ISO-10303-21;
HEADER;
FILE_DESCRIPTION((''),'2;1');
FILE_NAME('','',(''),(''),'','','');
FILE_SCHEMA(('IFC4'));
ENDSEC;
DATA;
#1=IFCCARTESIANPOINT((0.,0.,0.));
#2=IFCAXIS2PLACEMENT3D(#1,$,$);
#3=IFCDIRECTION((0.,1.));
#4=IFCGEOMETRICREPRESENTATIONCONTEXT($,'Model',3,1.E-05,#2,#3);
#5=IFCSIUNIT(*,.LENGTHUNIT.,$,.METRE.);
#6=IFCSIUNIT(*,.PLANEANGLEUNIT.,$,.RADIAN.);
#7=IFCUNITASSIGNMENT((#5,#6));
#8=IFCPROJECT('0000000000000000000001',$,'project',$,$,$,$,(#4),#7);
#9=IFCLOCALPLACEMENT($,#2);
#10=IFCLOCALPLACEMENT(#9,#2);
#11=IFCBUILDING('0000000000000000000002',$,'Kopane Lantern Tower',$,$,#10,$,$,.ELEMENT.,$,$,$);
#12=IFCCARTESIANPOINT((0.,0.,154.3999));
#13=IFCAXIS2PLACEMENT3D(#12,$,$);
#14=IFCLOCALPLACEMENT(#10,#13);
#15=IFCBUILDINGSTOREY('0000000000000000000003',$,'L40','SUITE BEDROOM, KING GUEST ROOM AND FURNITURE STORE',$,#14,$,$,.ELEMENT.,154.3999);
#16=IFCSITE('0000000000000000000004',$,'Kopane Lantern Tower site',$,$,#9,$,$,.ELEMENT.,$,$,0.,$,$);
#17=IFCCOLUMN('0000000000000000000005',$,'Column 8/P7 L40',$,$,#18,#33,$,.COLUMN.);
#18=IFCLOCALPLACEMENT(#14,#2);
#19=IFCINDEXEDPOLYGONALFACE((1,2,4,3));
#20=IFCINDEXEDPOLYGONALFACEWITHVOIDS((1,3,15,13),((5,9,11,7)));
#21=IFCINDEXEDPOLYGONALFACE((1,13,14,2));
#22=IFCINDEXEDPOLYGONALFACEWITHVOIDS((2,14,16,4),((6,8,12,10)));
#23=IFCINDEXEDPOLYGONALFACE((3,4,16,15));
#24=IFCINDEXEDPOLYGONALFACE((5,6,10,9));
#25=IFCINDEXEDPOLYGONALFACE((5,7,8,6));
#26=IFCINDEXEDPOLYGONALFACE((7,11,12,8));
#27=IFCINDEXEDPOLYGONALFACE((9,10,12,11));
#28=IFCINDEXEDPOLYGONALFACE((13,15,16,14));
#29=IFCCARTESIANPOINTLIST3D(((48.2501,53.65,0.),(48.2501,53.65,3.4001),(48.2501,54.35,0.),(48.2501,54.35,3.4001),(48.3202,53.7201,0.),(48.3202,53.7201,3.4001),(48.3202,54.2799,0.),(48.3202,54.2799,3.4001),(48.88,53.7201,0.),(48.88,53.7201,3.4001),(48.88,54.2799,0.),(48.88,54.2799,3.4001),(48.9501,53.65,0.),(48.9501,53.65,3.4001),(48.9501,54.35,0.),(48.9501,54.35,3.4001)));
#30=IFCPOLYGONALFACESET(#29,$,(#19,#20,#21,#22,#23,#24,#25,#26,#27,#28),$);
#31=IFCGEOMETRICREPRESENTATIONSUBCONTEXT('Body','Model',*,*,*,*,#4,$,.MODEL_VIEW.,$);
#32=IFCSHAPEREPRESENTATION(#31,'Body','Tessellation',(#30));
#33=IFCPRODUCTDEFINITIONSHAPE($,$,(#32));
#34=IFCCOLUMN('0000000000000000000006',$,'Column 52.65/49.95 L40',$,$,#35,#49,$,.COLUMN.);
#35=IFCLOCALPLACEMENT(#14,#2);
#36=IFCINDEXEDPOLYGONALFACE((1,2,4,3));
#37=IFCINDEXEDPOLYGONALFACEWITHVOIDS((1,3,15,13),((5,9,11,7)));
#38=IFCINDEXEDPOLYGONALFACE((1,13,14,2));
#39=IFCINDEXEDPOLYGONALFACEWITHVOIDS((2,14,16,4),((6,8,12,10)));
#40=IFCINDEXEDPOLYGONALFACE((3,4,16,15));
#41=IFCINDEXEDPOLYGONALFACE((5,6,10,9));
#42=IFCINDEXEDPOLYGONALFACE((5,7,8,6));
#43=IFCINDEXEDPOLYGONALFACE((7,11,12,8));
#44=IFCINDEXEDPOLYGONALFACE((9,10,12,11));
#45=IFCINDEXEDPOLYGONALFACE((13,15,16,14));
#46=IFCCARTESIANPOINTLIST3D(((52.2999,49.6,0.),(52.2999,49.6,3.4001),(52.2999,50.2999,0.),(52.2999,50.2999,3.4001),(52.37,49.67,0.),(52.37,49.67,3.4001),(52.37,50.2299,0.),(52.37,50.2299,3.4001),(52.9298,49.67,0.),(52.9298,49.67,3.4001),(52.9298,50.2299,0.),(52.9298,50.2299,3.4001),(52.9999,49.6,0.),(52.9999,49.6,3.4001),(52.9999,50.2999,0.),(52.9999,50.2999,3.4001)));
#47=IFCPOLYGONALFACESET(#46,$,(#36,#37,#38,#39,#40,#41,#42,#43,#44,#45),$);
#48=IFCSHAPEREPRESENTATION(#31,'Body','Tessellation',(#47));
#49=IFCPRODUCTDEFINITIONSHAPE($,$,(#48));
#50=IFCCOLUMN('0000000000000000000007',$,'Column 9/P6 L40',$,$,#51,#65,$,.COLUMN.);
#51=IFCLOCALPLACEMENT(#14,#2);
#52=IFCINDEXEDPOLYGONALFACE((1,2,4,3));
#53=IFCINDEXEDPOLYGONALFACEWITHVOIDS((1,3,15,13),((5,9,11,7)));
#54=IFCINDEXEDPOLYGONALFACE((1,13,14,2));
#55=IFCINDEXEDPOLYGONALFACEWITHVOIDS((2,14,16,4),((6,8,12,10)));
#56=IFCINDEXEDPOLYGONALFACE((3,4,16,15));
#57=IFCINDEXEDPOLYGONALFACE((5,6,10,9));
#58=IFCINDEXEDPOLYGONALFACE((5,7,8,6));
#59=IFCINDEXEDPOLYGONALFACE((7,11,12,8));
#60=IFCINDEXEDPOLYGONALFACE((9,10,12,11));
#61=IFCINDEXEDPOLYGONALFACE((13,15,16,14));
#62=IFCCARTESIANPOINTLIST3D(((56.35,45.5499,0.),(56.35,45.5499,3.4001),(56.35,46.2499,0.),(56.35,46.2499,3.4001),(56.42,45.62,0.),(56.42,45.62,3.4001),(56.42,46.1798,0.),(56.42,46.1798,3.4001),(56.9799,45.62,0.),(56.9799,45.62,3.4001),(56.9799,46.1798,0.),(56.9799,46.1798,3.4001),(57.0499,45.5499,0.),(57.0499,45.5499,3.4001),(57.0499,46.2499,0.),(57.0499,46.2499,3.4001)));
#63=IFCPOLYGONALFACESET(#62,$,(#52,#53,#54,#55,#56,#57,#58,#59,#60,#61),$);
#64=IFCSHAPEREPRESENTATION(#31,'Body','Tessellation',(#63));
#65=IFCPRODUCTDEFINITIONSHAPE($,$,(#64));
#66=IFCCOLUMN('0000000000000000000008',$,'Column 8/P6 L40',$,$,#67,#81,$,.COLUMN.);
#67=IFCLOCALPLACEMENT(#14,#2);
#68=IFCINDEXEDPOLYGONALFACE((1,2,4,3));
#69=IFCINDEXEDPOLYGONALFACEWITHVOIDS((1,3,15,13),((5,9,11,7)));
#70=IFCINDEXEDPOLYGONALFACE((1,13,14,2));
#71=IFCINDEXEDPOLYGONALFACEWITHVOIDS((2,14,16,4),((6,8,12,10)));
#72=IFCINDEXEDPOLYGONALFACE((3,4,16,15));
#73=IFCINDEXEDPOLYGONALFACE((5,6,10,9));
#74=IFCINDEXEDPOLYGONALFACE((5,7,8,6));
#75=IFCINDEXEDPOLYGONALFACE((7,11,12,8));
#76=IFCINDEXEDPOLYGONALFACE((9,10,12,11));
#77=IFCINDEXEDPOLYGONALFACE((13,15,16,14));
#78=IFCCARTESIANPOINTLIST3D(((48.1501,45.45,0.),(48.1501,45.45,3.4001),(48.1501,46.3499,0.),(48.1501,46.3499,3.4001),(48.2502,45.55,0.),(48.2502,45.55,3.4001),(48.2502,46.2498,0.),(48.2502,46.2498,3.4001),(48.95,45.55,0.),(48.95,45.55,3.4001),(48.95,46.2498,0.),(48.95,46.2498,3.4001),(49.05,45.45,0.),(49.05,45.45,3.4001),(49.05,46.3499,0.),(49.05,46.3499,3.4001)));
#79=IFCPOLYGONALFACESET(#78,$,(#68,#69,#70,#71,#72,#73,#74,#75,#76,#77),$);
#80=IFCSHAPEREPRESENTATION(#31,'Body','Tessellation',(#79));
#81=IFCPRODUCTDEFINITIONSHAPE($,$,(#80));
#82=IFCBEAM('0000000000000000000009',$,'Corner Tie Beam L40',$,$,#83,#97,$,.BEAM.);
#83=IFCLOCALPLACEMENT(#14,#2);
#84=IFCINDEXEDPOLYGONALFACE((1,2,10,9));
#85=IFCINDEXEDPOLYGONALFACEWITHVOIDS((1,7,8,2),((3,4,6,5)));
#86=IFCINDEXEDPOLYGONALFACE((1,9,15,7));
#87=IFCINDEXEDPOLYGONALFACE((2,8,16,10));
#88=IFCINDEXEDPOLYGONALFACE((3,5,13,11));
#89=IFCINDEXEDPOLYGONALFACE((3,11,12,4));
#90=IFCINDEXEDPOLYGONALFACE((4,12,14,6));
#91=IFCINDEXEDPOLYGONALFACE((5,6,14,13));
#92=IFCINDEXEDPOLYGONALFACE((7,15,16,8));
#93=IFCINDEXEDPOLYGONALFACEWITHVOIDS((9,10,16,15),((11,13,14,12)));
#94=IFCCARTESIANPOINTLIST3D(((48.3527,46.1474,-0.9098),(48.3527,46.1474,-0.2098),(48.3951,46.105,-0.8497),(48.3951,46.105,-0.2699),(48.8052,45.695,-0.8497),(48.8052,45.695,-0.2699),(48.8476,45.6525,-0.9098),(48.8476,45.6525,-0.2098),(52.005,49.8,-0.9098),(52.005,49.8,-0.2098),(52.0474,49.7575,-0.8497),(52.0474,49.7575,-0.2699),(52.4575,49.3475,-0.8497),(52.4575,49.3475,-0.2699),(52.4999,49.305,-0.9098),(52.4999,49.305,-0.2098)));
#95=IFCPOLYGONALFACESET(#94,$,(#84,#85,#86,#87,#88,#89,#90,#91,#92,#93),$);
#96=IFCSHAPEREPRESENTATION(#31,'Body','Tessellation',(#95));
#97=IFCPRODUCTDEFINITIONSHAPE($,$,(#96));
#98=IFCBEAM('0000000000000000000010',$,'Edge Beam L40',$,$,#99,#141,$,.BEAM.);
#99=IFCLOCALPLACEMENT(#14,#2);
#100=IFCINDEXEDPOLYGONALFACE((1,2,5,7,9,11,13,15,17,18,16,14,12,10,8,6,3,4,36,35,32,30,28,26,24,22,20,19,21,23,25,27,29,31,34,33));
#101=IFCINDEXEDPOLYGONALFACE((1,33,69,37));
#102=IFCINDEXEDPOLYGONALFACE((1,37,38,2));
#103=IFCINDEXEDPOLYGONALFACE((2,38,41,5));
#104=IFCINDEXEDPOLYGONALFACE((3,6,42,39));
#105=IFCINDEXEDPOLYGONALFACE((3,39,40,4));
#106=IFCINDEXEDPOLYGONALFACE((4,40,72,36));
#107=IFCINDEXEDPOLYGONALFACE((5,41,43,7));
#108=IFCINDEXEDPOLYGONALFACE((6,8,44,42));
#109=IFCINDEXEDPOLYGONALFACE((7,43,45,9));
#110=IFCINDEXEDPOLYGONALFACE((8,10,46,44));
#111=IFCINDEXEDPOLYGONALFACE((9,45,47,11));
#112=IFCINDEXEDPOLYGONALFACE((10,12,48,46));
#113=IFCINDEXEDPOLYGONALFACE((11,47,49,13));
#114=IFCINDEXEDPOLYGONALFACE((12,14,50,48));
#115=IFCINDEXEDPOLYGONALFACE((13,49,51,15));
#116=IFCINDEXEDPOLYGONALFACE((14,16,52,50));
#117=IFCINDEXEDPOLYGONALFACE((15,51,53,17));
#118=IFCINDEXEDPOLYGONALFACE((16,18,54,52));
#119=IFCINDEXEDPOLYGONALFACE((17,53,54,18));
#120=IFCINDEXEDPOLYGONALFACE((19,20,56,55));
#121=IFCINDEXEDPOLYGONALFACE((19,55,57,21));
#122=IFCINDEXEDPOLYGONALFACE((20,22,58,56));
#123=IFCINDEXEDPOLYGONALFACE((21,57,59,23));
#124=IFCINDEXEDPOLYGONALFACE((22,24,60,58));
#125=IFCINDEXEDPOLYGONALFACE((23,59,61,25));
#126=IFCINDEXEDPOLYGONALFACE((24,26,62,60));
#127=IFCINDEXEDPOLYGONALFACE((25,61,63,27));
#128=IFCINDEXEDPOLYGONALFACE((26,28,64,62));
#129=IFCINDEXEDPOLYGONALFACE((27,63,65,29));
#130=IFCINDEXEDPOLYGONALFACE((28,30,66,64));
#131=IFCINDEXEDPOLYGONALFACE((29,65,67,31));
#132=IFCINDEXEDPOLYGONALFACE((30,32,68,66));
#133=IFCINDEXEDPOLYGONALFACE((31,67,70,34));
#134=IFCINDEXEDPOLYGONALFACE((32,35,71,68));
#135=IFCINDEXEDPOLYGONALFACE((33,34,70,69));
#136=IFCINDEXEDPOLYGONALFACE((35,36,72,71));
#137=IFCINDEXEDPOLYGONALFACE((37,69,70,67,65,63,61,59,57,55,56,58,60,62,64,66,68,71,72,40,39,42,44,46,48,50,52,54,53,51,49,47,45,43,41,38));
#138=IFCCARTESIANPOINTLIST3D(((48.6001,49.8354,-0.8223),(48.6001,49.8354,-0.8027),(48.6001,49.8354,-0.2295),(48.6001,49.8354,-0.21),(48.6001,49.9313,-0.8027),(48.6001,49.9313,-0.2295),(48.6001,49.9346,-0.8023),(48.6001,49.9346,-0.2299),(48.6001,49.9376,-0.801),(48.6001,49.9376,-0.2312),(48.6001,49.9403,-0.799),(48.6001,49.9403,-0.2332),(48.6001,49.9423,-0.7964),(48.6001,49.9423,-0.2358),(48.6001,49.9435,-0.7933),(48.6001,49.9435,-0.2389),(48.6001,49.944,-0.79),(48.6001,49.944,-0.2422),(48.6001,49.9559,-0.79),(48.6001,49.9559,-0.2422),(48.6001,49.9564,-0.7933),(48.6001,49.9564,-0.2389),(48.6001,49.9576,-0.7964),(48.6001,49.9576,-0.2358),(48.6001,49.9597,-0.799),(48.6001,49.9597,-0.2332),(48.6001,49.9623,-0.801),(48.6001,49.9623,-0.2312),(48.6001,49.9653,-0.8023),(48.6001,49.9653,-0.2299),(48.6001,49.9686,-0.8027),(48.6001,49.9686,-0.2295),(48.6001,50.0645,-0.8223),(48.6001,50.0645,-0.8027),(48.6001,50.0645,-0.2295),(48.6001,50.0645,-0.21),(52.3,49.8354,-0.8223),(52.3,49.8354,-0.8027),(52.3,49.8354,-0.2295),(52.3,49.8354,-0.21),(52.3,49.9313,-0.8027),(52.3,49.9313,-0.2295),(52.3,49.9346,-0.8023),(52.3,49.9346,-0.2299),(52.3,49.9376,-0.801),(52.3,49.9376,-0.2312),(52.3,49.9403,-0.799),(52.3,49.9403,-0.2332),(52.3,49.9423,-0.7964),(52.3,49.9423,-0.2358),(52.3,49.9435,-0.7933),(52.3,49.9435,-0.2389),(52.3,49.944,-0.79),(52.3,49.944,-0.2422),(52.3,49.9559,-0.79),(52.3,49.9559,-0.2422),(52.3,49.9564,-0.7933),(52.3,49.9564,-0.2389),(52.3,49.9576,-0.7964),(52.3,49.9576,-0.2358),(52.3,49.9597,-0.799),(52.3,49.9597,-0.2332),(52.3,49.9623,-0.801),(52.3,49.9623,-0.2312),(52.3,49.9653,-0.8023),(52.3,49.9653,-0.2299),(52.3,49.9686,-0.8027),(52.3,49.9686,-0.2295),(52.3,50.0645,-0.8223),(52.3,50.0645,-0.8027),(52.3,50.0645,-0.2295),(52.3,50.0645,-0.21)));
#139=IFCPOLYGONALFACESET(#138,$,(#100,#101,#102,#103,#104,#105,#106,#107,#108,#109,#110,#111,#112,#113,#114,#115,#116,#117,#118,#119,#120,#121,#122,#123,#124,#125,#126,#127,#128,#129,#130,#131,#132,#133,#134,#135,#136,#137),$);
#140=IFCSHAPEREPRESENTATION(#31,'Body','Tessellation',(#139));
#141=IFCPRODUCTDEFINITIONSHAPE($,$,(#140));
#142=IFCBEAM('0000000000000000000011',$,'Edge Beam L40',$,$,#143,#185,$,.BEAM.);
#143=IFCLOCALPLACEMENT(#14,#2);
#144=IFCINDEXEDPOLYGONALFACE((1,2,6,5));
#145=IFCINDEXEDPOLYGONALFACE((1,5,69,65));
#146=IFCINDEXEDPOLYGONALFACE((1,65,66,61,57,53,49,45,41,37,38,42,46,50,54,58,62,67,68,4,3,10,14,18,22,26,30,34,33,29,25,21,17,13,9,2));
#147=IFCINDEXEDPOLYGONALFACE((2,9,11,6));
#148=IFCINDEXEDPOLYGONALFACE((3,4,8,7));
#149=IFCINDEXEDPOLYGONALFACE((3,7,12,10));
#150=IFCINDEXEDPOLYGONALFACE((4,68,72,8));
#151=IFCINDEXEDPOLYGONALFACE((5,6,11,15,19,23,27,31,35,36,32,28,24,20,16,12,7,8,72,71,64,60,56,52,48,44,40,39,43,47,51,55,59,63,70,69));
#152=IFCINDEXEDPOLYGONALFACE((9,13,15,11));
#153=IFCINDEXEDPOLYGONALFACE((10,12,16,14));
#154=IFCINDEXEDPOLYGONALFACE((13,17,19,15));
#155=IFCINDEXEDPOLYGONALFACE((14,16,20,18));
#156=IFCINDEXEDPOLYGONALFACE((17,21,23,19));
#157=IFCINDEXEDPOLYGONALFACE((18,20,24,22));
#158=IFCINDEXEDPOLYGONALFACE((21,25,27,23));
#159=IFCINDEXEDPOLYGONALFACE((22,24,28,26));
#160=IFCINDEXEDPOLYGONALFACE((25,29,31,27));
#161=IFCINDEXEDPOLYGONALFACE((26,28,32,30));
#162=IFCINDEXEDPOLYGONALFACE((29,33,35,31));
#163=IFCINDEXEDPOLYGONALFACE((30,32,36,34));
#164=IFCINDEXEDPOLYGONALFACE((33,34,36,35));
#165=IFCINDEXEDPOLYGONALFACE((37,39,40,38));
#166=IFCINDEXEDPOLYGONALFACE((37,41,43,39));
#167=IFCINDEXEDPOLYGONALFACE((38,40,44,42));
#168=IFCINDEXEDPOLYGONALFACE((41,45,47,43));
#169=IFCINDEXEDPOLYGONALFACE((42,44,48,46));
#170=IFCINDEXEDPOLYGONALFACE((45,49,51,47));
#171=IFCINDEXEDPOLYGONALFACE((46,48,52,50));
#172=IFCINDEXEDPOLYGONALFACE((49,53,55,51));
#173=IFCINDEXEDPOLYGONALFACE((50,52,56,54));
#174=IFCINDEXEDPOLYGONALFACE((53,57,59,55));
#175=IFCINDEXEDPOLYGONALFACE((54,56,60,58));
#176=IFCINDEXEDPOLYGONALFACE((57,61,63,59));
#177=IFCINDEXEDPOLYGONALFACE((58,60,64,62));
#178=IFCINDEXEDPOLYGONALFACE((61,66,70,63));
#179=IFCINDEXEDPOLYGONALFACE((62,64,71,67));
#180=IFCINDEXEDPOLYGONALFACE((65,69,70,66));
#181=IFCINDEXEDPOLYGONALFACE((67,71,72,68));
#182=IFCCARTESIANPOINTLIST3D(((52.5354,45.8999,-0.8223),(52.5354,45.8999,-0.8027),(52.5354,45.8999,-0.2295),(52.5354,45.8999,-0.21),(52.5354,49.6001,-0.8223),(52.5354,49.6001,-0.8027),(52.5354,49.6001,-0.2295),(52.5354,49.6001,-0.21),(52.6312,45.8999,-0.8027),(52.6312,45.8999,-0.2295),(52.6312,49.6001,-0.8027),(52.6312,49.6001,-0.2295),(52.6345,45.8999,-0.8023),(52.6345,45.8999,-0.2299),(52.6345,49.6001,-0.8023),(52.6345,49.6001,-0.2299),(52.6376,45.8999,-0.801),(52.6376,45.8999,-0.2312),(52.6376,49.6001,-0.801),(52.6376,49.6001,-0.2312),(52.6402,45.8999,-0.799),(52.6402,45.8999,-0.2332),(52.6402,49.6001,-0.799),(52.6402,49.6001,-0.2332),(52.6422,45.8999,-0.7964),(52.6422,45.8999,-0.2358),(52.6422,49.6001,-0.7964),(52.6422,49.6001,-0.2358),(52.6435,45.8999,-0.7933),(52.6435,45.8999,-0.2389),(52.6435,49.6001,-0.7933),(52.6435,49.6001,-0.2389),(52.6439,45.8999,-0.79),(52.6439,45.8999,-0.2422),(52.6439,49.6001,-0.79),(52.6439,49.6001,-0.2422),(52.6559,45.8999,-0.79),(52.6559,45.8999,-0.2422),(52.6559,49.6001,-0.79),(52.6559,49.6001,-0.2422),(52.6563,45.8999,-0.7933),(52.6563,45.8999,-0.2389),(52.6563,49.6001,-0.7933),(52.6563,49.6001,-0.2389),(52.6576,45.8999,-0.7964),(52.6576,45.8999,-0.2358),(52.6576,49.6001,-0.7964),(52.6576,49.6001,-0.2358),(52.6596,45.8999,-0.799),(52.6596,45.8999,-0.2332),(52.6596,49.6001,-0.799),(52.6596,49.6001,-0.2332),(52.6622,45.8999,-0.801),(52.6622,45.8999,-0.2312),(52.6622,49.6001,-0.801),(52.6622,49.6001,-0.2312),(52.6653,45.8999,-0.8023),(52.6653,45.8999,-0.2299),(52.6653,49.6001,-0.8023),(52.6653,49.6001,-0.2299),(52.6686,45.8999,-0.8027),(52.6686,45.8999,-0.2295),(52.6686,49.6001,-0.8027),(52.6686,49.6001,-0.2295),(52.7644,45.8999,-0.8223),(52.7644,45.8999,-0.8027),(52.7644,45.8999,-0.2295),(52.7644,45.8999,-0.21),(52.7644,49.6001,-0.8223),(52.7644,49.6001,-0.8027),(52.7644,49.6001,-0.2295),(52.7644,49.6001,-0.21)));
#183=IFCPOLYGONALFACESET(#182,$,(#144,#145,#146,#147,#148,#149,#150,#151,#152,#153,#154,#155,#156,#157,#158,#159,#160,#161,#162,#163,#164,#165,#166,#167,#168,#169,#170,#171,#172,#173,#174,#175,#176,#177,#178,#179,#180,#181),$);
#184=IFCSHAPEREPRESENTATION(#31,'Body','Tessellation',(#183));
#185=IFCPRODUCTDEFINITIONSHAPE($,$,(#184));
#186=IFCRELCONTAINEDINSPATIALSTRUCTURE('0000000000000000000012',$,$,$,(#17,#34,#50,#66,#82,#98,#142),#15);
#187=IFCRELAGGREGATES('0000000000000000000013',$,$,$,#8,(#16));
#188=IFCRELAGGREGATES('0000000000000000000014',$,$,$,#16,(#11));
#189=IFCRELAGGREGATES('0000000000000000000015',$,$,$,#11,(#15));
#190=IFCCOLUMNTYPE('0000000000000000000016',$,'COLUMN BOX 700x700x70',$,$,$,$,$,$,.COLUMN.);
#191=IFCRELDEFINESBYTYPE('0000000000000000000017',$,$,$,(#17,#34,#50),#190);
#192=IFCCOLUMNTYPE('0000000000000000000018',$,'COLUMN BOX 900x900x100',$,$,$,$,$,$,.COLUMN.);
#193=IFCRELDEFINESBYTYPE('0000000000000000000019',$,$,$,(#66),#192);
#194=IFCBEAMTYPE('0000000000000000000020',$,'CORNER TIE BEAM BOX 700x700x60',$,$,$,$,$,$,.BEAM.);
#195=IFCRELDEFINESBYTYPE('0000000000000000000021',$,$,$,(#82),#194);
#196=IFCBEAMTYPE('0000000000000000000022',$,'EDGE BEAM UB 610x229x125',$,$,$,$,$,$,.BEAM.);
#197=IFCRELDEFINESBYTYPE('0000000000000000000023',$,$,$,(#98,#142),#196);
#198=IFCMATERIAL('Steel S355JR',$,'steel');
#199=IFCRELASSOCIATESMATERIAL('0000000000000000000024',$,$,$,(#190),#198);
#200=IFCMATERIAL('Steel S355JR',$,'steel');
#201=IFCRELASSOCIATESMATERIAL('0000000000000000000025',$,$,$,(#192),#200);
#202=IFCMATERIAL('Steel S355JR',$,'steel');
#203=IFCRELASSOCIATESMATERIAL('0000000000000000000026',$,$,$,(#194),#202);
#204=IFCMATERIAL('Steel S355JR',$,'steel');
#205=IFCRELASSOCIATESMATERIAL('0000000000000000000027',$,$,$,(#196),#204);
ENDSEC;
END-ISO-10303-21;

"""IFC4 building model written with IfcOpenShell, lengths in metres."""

from ifc_helpers import new_model, si_unit, direction, frame, origin, origin_2d, place, context, subcontext, project, spatial, hollow_rectangle, i_section, extrude, material, material_profile, profile_set, type_object, element, save


model = new_model("IFC4")

# Units and contexts
model_context = context("Model", 3, precision=1e-05, world=origin(), true_north=direction((0.0, 1.0)))
body_context = subcontext(model_context, "Body", "Model", "MODEL_VIEW")
ifc_project = project(units=[si_unit("LENGTHUNIT", "METRE"), si_unit("PLANEANGLEUNIT", "RADIAN")], contexts=[model_context])

# Site, building, storey
site_placement = place(None, origin())
site = spatial("IfcSite", under=ifc_project, at=site_placement, Name="Kopane Lantern Tower site", CompositionType="ELEMENT", RefElevation=0.0)
building_placement = place(site_placement, origin())
building = spatial("IfcBuilding", under=site, at=building_placement, Name="Kopane Lantern Tower", CompositionType="ELEMENT")
storey_placement = place(building_placement, frame((0.0, 0.0, 154.3999)))
storey = spatial("IfcBuildingStorey", under=building, at=storey_placement, Name="L40", Description="SUITE BEDROOM, KING GUEST ROOM AND FURNITURE STORE", CompositionType="ELEMENT", Elevation=154.3999)

# Columns
ifc_material_1 = material(Name="Steel S355JR", Category="steel")
ifc_material_profile_1 = material_profile(ifc_material_1, hollow_rectangle(XDim=0.7, YDim=0.7, WallThickness=0.0701, at=origin_2d()), Name="BOX 700x700x70")
ifc_profile_set_1 = profile_set([ifc_material_profile_1], Name="Steel S355JR")
column_type_1 = type_object("IfcColumnType", Name="COLUMN BOX 700x700x70", PredefinedType="COLUMN", material=ifc_profile_set_1)
for number, where, z_axis, x_axis, name in (
    (1, (48.6001, 54.0, 0.0), (0.0, 0.0, 1.0), (1.0, 0.0, 0.0), "Column 8/P7 L40"),
    (2, (52.6499, 49.95, 0.0), (0.0, 0.0, 1.0), (1.0, 0.0, 0.0), "Column 52.65/49.95 L40"),
    (3, (56.7, 45.8999, 0.0), (0.0, 0.0, 1.0), (1.0, 0.0, 0.0), "Column 9/P6 L40"),
):
    element("IfcColumn", number, at=place(storey_placement, frame(where, z_axis=z_axis, x_axis=x_axis)), inside=storey, type_object=column_type_1, Name=name, PredefinedType="COLUMN", context=body_context, shape_type="SweptSolid", body=[
        extrude(hollow_rectangle(XDim=0.7, YDim=0.7, WallThickness=0.0701, at=origin_2d()), origin(), (0.0, 0.0, 1.0), 3.4001),
    ])
ifc_material_2 = material(Name="Steel S355JR", Category="steel")
ifc_material_profile_2 = material_profile(ifc_material_2, hollow_rectangle(XDim=0.8999, YDim=0.8999, WallThickness=0.1001, at=origin_2d()), Name="BOX 900x900x100")
ifc_profile_set_2 = profile_set([ifc_material_profile_2], Name="Steel S355JR")
column_type_2 = type_object("IfcColumnType", Name="COLUMN BOX 900x900x100", PredefinedType="COLUMN", material=ifc_profile_set_2)
column_placement = place(storey_placement, frame((48.6001, 45.8999, 0.0), z_axis=(0.0, 0.0, 1.0), x_axis=(1.0, 0.0, 0.0)))
element("IfcColumn", 4, at=column_placement, inside=storey, type_object=column_type_2, Name="Column 8/P6 L40", PredefinedType="COLUMN", context=body_context, shape_type="SweptSolid", body=[
    extrude(hollow_rectangle(XDim=0.8999, YDim=0.8999, WallThickness=0.1001, at=origin_2d()), origin(), (0.0, 0.0, 1.0), 3.4001),
])

# Beams
ifc_material_3 = material(Name="Steel S355JR", Category="steel")
ifc_material_profile_3 = material_profile(ifc_material_3, hollow_rectangle(XDim=0.7, YDim=0.7, WallThickness=0.0601, at=origin_2d()), Name="BOX 700x700x60")
ifc_profile_set_3 = profile_set([ifc_material_profile_3], Name="Steel S355JR")
beam_type_1 = type_object("IfcBeamType", Name="CORNER TIE BEAM BOX 700x700x60", PredefinedType="BEAM", material=ifc_profile_set_3)
beam_1_placement = place(storey_placement, frame((52.2524, 49.5525, -0.5598), z_axis=(-0.707083, -0.70713, 0.0), x_axis=(0.70713, -0.707083, 0.0)))
element("IfcBeam", 5, at=beam_1_placement, inside=storey, type_object=beam_type_1, Name="Corner Tie Beam L40", PredefinedType="BEAM", context=body_context, shape_type="SweptSolid", body=[
    extrude(hollow_rectangle(XDim=0.7, YDim=0.7, WallThickness=0.0601, at=origin_2d()), origin(), (0.0, 0.0, 1.0), 5.1653),
])
ifc_material_4 = material(Name="Steel S355JR", Category="steel")
ifc_material_profile_4 = material_profile(ifc_material_4, i_section(OverallWidth=0.229, OverallDepth=0.6123, WebThickness=0.012, FlangeThickness=0.0195, FilletRadius=0.0127, at=origin_2d()), Name="UB 610x229x125")
ifc_profile_set_4 = profile_set([ifc_material_profile_4], Name="Steel S355JR")
beam_type_2 = type_object("IfcBeamType", Name="EDGE BEAM UB 610x229x125", PredefinedType="BEAM", material=ifc_profile_set_4)
beam_2_placement = place(storey_placement, frame((52.3, 49.95, -0.5161), z_axis=(-1.0, 0.0, 0.0), x_axis=(0.0, -1.0, 0.0)))
element("IfcBeam", 6, at=beam_2_placement, inside=storey, type_object=beam_type_2, Name="Edge Beam L40", PredefinedType="BEAM", context=body_context, shape_type="SweptSolid", body=[
    extrude(i_section(OverallWidth=0.229, OverallDepth=0.6123, WebThickness=0.012, FlangeThickness=0.0195, FilletRadius=0.0127, at=origin_2d()), origin(), (0.0, 0.0, 1.0), 3.7),
])
beam_3_placement = place(storey_placement, frame((52.6499, 49.6001, -0.5161), z_axis=(0.0, -1.0, 0.0), x_axis=(1.0, 0.0, 0.0)))
element("IfcBeam", 7, at=beam_3_placement, inside=storey, type_object=beam_type_2, Name="Edge Beam L40", PredefinedType="BEAM", context=body_context, shape_type="SweptSolid", body=[
    extrude(i_section(OverallWidth=0.229, OverallDepth=0.6123, WebThickness=0.012, FlangeThickness=0.0195, FilletRadius=0.0127, at=origin_2d()), origin(), (0.0, 0.0, 1.0), 3.7002),
])

save(model, "model.ifc")
